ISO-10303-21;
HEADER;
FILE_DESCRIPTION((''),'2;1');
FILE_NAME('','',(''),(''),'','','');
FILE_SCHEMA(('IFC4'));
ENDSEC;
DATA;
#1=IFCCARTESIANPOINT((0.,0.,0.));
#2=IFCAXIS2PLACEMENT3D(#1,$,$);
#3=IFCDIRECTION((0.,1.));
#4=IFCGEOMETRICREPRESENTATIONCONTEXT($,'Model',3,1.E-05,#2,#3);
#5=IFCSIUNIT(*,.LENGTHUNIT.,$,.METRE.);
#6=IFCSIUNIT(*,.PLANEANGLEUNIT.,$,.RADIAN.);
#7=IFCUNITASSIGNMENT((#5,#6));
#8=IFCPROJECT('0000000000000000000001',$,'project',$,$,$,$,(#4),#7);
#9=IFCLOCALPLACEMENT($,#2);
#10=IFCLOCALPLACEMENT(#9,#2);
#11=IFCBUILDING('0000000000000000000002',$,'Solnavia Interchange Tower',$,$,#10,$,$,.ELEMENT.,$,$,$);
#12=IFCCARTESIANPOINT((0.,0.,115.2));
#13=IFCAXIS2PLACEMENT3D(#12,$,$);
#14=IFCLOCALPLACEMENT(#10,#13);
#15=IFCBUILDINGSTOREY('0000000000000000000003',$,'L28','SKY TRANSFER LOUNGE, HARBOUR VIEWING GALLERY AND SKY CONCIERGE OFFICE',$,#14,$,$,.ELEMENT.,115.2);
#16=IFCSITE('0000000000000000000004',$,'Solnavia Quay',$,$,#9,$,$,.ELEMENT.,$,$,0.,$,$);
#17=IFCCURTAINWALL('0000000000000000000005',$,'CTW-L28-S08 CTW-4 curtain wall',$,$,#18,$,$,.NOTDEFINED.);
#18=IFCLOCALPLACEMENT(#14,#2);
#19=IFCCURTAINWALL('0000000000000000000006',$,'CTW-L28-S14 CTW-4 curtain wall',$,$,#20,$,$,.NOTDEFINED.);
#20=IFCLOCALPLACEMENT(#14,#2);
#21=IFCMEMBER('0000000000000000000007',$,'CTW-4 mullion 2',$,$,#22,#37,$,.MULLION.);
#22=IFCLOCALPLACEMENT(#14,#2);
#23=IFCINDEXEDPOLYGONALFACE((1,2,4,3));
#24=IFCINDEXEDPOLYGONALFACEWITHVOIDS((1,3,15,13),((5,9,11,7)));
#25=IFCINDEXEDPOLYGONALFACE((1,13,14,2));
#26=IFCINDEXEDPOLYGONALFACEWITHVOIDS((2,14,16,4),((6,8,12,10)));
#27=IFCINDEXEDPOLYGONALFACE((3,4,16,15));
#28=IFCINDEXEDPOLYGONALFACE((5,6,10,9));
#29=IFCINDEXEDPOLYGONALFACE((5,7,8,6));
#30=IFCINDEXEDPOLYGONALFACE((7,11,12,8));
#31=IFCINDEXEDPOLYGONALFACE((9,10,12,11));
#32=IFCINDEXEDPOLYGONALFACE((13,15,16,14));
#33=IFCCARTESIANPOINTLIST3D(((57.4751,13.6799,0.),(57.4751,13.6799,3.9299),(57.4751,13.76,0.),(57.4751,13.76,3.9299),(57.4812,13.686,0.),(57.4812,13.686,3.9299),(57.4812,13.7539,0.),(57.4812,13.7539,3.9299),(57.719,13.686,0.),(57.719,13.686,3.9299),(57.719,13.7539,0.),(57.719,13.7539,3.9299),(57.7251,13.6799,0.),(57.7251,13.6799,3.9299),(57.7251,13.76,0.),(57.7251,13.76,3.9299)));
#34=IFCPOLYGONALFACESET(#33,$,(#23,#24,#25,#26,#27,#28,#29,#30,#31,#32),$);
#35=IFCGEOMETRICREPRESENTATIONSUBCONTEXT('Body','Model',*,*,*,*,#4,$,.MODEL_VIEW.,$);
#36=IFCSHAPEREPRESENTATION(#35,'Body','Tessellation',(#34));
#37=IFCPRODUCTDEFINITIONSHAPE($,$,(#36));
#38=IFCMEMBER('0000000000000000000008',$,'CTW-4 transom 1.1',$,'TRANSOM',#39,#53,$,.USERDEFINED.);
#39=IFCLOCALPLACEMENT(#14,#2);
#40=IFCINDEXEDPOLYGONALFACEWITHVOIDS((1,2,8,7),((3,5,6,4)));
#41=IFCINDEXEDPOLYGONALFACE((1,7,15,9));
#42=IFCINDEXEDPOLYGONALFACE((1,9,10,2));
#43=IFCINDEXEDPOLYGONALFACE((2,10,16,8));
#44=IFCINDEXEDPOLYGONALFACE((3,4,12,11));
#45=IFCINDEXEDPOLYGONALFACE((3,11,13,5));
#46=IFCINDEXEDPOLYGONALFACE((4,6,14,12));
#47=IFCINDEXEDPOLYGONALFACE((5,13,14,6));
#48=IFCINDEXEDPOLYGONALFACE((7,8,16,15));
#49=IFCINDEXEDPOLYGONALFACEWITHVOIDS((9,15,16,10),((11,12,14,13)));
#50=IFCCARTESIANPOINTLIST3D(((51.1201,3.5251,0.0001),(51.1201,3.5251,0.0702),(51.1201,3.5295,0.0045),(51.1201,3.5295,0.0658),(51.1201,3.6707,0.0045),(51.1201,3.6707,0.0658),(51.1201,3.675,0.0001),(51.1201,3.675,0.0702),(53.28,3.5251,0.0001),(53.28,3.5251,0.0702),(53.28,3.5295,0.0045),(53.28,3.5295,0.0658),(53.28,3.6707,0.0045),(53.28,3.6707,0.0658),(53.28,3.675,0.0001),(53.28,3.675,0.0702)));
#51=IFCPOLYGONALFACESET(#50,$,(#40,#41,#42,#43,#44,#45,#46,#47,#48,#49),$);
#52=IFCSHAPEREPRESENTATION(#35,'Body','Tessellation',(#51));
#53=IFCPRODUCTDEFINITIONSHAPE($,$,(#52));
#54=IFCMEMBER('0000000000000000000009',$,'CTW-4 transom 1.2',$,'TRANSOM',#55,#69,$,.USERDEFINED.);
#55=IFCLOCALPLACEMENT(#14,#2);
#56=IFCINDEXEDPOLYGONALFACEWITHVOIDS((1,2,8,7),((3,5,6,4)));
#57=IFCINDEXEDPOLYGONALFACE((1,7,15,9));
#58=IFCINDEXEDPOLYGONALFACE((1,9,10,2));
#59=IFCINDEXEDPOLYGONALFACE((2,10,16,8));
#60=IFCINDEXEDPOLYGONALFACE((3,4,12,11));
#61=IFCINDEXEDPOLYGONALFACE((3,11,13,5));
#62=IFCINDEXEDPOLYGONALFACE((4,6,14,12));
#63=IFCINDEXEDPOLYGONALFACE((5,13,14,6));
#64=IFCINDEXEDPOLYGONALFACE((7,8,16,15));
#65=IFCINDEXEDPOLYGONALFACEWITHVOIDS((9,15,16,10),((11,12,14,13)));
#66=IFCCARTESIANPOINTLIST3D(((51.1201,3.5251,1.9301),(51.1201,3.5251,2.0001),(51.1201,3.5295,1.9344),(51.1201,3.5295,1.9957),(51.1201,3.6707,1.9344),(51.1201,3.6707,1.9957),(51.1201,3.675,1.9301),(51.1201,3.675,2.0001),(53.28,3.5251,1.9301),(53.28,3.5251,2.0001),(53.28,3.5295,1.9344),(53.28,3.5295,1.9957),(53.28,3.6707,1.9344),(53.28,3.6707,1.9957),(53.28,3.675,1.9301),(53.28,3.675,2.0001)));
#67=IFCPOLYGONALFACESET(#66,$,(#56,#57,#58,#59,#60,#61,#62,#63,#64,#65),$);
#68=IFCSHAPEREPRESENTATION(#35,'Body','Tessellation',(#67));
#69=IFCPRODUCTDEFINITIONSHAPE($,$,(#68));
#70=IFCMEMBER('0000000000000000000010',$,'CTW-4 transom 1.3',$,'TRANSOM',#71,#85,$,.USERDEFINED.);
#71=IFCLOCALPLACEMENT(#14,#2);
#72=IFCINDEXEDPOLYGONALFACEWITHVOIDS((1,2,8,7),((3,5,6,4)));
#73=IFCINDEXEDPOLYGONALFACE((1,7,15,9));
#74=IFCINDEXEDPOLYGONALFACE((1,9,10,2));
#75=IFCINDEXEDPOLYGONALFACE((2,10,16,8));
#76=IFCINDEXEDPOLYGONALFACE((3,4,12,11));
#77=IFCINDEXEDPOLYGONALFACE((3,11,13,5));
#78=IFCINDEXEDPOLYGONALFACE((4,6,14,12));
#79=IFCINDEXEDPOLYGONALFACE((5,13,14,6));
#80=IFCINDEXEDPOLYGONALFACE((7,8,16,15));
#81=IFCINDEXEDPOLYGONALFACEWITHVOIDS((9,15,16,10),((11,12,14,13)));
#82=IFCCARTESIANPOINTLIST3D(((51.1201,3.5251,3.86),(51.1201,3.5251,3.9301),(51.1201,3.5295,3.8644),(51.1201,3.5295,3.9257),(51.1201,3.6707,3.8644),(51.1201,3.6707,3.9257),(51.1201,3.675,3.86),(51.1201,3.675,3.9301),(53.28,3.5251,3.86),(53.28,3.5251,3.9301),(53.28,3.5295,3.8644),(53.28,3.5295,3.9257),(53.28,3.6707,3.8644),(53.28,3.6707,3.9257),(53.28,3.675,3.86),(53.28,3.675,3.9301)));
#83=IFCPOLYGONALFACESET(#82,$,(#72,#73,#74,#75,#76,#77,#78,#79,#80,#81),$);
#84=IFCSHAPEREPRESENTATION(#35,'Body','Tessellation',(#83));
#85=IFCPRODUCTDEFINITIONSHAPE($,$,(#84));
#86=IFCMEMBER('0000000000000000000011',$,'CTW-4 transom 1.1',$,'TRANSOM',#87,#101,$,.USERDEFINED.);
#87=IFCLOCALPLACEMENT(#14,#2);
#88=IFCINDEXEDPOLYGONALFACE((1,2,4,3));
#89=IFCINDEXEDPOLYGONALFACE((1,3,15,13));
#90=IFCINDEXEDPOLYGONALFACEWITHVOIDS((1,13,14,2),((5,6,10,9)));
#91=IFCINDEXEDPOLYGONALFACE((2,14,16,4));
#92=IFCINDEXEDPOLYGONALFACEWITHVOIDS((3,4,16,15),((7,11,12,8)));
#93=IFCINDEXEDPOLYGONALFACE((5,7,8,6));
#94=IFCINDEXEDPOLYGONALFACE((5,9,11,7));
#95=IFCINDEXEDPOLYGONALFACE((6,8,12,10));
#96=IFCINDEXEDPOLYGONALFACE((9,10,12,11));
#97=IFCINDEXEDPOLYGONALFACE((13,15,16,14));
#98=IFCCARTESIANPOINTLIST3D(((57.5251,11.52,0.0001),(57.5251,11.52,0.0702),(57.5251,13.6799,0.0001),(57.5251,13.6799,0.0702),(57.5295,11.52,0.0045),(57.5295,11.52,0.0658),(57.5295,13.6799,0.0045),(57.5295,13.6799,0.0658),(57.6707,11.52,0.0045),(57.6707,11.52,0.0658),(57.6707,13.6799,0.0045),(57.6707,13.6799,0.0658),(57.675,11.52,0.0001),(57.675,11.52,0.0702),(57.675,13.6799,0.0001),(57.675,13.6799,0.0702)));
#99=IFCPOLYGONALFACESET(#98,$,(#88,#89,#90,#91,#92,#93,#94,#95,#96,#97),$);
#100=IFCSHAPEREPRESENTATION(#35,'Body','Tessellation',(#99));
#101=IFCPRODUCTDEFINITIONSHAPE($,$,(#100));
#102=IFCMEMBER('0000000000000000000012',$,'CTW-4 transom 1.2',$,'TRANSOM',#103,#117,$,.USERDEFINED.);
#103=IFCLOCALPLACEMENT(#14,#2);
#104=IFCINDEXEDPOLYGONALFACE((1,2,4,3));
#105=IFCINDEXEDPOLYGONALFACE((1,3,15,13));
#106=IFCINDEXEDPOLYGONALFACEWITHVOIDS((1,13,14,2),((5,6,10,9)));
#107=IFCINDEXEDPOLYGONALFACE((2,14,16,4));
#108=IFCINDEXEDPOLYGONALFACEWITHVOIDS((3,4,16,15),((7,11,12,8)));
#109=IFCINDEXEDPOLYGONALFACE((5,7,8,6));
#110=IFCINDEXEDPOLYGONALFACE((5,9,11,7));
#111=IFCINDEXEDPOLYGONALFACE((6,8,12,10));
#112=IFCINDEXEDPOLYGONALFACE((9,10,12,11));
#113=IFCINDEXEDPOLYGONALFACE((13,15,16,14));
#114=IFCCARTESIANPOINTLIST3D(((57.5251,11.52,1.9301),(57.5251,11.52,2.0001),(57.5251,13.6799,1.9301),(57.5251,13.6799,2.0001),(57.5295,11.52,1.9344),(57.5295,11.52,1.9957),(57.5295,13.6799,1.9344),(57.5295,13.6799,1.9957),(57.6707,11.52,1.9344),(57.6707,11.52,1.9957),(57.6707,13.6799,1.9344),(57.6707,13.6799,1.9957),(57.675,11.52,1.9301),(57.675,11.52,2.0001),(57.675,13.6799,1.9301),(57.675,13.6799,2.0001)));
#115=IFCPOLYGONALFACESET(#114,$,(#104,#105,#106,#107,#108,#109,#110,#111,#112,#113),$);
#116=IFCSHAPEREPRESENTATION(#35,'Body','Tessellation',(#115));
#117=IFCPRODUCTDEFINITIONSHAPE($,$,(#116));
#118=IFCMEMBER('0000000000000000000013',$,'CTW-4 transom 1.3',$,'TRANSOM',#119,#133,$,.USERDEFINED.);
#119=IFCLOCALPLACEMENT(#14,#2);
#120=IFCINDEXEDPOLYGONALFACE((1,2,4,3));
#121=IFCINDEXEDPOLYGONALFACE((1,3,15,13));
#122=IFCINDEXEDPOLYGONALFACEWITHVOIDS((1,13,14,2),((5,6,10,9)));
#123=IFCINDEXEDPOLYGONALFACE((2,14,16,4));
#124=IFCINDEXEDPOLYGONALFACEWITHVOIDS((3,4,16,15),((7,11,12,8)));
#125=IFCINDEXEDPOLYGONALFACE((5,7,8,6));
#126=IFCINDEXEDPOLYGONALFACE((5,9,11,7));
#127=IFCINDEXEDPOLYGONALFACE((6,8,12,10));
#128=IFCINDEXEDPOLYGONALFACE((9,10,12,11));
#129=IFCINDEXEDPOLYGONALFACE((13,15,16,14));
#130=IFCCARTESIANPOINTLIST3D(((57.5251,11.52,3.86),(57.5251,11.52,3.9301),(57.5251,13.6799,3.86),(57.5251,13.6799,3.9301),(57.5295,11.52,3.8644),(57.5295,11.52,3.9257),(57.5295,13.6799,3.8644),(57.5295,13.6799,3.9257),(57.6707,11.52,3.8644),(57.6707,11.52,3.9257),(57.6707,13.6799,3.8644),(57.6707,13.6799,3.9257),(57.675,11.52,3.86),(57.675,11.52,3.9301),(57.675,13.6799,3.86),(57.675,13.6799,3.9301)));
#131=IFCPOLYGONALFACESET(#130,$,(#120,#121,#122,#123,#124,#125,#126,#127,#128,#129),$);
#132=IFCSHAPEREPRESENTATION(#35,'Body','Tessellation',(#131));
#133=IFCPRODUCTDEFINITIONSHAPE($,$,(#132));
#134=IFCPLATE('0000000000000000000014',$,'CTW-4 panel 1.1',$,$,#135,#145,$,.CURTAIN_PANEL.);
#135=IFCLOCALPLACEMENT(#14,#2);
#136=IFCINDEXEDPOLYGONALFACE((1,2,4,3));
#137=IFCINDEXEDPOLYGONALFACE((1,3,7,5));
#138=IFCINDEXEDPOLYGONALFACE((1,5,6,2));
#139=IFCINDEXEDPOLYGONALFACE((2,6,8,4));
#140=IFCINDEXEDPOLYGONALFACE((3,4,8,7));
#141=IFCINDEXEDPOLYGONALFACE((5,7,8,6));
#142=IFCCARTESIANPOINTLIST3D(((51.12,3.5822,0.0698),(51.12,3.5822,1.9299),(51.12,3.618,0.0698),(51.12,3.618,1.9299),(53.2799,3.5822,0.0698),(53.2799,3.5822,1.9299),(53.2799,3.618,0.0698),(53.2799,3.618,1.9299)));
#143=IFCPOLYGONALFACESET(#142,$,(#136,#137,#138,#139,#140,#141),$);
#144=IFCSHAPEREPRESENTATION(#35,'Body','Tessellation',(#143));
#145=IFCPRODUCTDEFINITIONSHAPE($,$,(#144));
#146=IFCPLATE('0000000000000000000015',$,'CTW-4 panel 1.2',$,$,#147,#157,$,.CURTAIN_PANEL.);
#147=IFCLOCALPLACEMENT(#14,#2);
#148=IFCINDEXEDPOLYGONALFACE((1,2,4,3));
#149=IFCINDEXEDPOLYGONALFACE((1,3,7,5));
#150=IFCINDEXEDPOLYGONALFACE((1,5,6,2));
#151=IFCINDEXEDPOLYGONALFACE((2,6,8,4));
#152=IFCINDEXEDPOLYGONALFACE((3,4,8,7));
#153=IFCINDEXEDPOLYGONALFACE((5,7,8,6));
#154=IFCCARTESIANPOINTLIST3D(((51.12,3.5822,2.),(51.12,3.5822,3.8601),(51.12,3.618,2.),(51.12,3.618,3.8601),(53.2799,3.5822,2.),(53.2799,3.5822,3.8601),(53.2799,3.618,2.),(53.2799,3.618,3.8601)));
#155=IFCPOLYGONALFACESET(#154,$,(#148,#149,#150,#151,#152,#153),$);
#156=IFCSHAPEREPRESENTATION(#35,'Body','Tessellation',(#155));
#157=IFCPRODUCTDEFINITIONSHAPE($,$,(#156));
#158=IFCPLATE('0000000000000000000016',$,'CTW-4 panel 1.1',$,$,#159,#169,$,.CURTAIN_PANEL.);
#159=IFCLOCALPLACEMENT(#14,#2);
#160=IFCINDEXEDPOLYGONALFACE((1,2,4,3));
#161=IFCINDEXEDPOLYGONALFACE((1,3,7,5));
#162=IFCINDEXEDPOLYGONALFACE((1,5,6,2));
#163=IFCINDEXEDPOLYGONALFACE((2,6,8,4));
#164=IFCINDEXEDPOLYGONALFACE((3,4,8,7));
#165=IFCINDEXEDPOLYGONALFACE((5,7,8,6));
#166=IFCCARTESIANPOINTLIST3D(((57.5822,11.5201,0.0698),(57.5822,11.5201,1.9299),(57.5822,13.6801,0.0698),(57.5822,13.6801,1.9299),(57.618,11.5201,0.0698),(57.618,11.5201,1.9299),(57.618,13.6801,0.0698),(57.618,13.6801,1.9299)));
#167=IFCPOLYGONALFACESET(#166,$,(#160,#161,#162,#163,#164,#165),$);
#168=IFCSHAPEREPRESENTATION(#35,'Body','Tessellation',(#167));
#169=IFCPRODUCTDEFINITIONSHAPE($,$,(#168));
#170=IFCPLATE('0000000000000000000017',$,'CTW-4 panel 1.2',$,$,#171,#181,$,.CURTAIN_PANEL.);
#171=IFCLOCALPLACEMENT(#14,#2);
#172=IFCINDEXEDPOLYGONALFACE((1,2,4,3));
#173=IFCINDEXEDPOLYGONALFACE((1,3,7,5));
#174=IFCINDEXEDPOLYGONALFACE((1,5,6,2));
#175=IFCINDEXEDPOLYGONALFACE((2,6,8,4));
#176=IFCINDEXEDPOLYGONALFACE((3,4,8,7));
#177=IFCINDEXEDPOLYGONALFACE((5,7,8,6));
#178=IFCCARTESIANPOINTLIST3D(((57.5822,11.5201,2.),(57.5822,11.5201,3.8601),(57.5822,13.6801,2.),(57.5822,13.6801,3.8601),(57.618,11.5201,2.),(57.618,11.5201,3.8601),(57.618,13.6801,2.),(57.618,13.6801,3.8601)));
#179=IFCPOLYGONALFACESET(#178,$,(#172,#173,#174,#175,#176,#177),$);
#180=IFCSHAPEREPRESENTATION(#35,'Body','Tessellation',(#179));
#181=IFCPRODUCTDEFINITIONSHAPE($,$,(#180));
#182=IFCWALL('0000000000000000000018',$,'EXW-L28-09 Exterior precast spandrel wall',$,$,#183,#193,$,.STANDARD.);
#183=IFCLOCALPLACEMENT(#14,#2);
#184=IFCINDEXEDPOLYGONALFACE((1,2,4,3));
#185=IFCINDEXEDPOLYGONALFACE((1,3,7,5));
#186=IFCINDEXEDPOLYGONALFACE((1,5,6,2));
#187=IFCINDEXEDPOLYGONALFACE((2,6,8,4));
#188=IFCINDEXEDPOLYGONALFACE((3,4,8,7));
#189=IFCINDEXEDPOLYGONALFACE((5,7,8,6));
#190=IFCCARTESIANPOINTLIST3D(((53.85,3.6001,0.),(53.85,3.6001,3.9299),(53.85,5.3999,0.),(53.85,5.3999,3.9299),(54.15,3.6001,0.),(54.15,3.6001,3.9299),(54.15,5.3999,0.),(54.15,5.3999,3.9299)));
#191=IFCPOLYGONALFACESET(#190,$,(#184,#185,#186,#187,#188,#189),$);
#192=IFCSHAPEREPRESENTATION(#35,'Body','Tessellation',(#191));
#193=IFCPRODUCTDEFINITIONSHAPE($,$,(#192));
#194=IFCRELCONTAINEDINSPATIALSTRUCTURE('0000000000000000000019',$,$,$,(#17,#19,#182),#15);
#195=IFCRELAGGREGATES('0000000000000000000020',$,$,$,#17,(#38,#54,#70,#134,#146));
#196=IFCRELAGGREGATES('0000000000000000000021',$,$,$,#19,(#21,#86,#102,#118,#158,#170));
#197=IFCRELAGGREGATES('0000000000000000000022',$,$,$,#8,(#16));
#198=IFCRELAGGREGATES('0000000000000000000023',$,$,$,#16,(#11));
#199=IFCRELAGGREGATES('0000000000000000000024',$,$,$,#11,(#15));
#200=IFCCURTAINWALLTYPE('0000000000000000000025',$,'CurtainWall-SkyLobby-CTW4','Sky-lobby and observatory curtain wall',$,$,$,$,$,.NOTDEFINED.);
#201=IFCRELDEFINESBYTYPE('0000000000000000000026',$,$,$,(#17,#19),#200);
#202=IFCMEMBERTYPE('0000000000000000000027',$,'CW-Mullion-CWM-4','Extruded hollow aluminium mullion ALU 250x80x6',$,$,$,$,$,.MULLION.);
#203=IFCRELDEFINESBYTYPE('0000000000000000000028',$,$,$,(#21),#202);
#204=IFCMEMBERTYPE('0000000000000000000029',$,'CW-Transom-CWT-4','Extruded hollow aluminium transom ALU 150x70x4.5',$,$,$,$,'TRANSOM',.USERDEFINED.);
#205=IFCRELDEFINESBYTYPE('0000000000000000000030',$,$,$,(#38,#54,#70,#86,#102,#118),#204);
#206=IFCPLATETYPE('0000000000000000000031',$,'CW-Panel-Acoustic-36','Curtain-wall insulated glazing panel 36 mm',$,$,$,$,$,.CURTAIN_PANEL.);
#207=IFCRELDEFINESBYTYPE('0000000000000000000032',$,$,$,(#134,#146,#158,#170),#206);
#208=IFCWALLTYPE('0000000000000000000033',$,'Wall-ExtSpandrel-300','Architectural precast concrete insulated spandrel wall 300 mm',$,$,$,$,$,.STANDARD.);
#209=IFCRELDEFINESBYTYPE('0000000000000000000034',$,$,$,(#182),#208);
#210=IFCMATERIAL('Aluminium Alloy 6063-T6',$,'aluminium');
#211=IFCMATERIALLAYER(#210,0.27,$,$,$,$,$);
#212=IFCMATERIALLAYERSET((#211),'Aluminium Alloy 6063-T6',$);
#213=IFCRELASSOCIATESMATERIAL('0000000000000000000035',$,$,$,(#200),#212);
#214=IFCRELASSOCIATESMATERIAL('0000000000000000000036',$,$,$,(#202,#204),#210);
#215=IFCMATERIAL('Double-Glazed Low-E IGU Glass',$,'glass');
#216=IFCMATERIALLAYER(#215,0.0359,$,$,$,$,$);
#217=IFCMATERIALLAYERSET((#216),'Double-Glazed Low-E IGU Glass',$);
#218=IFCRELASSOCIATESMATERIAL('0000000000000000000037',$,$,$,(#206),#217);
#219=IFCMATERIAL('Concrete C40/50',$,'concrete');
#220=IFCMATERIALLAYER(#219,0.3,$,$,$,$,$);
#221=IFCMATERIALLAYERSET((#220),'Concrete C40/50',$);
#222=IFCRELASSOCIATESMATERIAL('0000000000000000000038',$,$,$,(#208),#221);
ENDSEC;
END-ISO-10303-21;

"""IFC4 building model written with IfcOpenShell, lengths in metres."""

from ifc_helpers import new_model, si_unit, direction, frame, frame_2d, origin, origin_2d, place, context, subcontext, project, spatial, rectangle, hollow_rectangle, extrude, material, layer, layer_set, material_profile, profile_set, type_object, element, aggregate, save


model = new_model("IFC4")

# Units and contexts
model_context = context("Model", 3, precision=1e-05, world=origin(), true_north=direction((0.0, 1.0)))
body_context = subcontext(model_context, "Body", "Model", "MODEL_VIEW")
ifc_project = project(units=[si_unit("LENGTHUNIT", "METRE"), si_unit("PLANEANGLEUNIT", "RADIAN")], contexts=[model_context])

# Site, building, storey
site_placement = place(None, origin())
site = spatial("IfcSite", under=ifc_project, at=site_placement, Name="Solnavia Quay", CompositionType="ELEMENT", RefElevation=0.0)
building_placement = place(site_placement, origin())
building = spatial("IfcBuilding", under=site, at=building_placement, Name="Solnavia Interchange Tower", CompositionType="ELEMENT")
storey_placement = place(building_placement, frame((0.0, 0.0, 115.2)))
storey = spatial("IfcBuildingStorey", under=building, at=storey_placement, Name="L28", Description="SKY TRANSFER LOUNGE, HARBOUR VIEWING GALLERY AND SKY CONCIERGE OFFICE", CompositionType="ELEMENT", Elevation=115.2)

# Curtain walls, member
ifc_material_1 = material(Name="Aluminium Alloy 6063-T6", Category="aluminium")
ifc_layer_1 = layer(ifc_material_1, 0.27)
ifc_layer_set_1 = layer_set([ifc_layer_1], Name="Aluminium Alloy 6063-T6")
curtain_wall_type = type_object("IfcCurtainWallType", Name="CurtainWall-SkyLobby-CTW4", Description="Sky-lobby and observatory curtain wall", PredefinedType="NOTDEFINED", material=ifc_layer_set_1)
curtain_wall_1_placement = place(storey_placement, origin())
curtain_wall_1 = element("IfcCurtainWall", 1, at=curtain_wall_1_placement, inside=storey, type_object=curtain_wall_type, Name="CTW-L28-S08 CTW-4 curtain wall", PredefinedType="NOTDEFINED")
ifc_material_profile_1 = material_profile(ifc_material_1, hollow_rectangle(XDim=0.0801, YDim=0.25, WallThickness=0.0061, at=origin_2d()), Name="ALU 250x80x6")
ifc_profile_set_1 = profile_set([ifc_material_profile_1], Name="Aluminium Alloy 6063-T6")
member_type_1 = type_object("IfcMemberType", Name="CW-Mullion-CWM-4", Description="Extruded hollow aluminium mullion ALU 250x80x6", PredefinedType="MULLION", material=ifc_profile_set_1)
curtain_wall_2_placement = place(storey_placement, origin())
curtain_wall_2 = element("IfcCurtainWall", 2, at=curtain_wall_2_placement, inside=storey, type_object=curtain_wall_type, Name="CTW-L28-S14 CTW-4 curtain wall", PredefinedType="NOTDEFINED")
member_1_placement = place(storey_placement, frame((57.6001, 13.72, 0.0), z_axis=(0.0, 0.0, 1.0), x_axis=(0.0, 1.0, 0.0)))
member_1 = element("IfcMember", 3, at=member_1_placement, type_object=member_type_1, Name="CTW-4 mullion 2", PredefinedType="MULLION", context=body_context, shape_type="SweptSolid", body=[
    extrude(hollow_rectangle(XDim=0.0801, YDim=0.25, WallThickness=0.0061, at=origin_2d()), origin(), (0.0, 0.0, 1.0), 3.9299),
])

# Members
ifc_material_profile_2 = material_profile(ifc_material_1, hollow_rectangle(XDim=0.0701, YDim=0.1499, WallThickness=0.0044, at=origin_2d()), Name="ALU 150x70x4.5")
ifc_profile_set_2 = profile_set([ifc_material_profile_2], Name="Aluminium Alloy 6063-T6")
member_type_2 = type_object("IfcMemberType", Name="CW-Transom-CWT-4", Description="Extruded hollow aluminium transom ALU 150x70x4.5", ElementType="TRANSOM", PredefinedType="USERDEFINED", material=ifc_profile_set_2)
member_2_placement = place(storey_placement, frame((51.1201, 3.6001, 0.0352), z_axis=(1.0, 0.0, 0.0), x_axis=(0.0, 0.0, 1.0)))
member_2 = element("IfcMember", 4, at=member_2_placement, type_object=member_type_2, Name="CTW-4 transom 1.1", ObjectType="TRANSOM", PredefinedType="USERDEFINED", context=body_context, shape_type="SweptSolid", body=[
    extrude(hollow_rectangle(XDim=0.0701, YDim=0.1499, WallThickness=0.0044, at=origin_2d()), origin(), (0.0, 0.0, 1.0), 2.1599),
])
member_3_placement = place(storey_placement, frame((51.1201, 3.6001, 1.9651), z_axis=(1.0, 0.0, 0.0), x_axis=(0.0, 0.0, 1.0)))
member_3 = element("IfcMember", 5, at=member_3_placement, type_object=member_type_2, Name="CTW-4 transom 1.2", ObjectType="TRANSOM", PredefinedType="USERDEFINED", context=body_context, shape_type="SweptSolid", body=[
    extrude(hollow_rectangle(XDim=0.0701, YDim=0.1499, WallThickness=0.0044, at=origin_2d()), origin(), (0.0, 0.0, 1.0), 2.1599),
])
member_4_placement = place(storey_placement, frame((51.1201, 3.6001, 3.895), z_axis=(1.0, 0.0, 0.0), x_axis=(0.0, 0.0, 1.0)))
member_4 = element("IfcMember", 6, at=member_4_placement, type_object=member_type_2, Name="CTW-4 transom 1.3", ObjectType="TRANSOM", PredefinedType="USERDEFINED", context=body_context, shape_type="SweptSolid", body=[
    extrude(hollow_rectangle(XDim=0.0701, YDim=0.1499, WallThickness=0.0044, at=origin_2d()), origin(), (0.0, 0.0, 1.0), 2.1599),
])
member_5_placement = place(storey_placement, frame((57.6001, 11.52, 0.0352), z_axis=(0.0, 1.0, 0.0), x_axis=(0.0, 0.0, 1.0)))
member_5 = element("IfcMember", 7, at=member_5_placement, type_object=member_type_2, Name="CTW-4 transom 1.1", ObjectType="TRANSOM", PredefinedType="USERDEFINED", context=body_context, shape_type="SweptSolid", body=[
    extrude(hollow_rectangle(XDim=0.0701, YDim=0.1499, WallThickness=0.0044, at=origin_2d()), origin(), (0.0, 0.0, 1.0), 2.1599),
])
member_6_placement = place(storey_placement, frame((57.6001, 11.52, 1.9651), z_axis=(0.0, 1.0, 0.0), x_axis=(0.0, 0.0, 1.0)))
member_6 = element("IfcMember", 8, at=member_6_placement, type_object=member_type_2, Name="CTW-4 transom 1.2", ObjectType="TRANSOM", PredefinedType="USERDEFINED", context=body_context, shape_type="SweptSolid", body=[
    extrude(hollow_rectangle(XDim=0.0701, YDim=0.1499, WallThickness=0.0044, at=origin_2d()), origin(), (0.0, 0.0, 1.0), 2.1599),
])
member_7_placement = place(storey_placement, frame((57.6001, 11.52, 3.895), z_axis=(0.0, 1.0, 0.0), x_axis=(0.0, 0.0, 1.0)))
member_7 = element("IfcMember", 9, at=member_7_placement, type_object=member_type_2, Name="CTW-4 transom 1.3", ObjectType="TRANSOM", PredefinedType="USERDEFINED", context=body_context, shape_type="SweptSolid", body=[
    extrude(hollow_rectangle(XDim=0.0701, YDim=0.1499, WallThickness=0.0044, at=origin_2d()), origin(), (0.0, 0.0, 1.0), 2.1599),
])

# Plates
ifc_material_2 = material(Name="Double-Glazed Low-E IGU Glass", Category="glass")
ifc_layer_2 = layer(ifc_material_2, 0.0359)
ifc_layer_set_2 = layer_set([ifc_layer_2], Name="Double-Glazed Low-E IGU Glass")
plate_type = type_object("IfcPlateType", Name="CW-Panel-Acoustic-36", Description="Curtain-wall insulated glazing panel 36 mm", PredefinedType="CURTAIN_PANEL", material=ifc_layer_set_2)
plate_1_placement = place(storey_placement, frame((52.2, 3.6001, 0.0698), z_axis=(0.0, 0.0, 1.0), x_axis=(1.0, 0.0, 0.0)))
plate_1 = element("IfcPlate", 10, at=plate_1_placement, type_object=plate_type, Name="CTW-4 panel 1.1", PredefinedType="CURTAIN_PANEL", context=body_context, shape_type="SweptSolid", body=[
    extrude(rectangle(XDim=2.1599, YDim=0.0359, at=origin_2d()), origin(), (0.0, 0.0, 1.0), 1.8601),
])
plate_2_placement = place(storey_placement, frame((52.2, 3.6001, 2.0), z_axis=(0.0, 0.0, 1.0), x_axis=(1.0, 0.0, 0.0)))
plate_2 = element("IfcPlate", 11, at=plate_2_placement, type_object=plate_type, Name="CTW-4 panel 1.2", PredefinedType="CURTAIN_PANEL", context=body_context, shape_type="SweptSolid", body=[
    extrude(rectangle(XDim=2.1599, YDim=0.0359, at=origin_2d()), origin(), (0.0, 0.0, 1.0), 1.8601),
])
aggregate(curtain_wall_1, [member_2, member_3, member_4, plate_1, plate_2])
plate_3_placement = place(storey_placement, frame((57.6001, 12.6001, 0.0698), z_axis=(0.0, 0.0, 1.0), x_axis=(0.0, 1.0, 0.0)))
plate_3 = element("IfcPlate", 12, at=plate_3_placement, type_object=plate_type, Name="CTW-4 panel 1.1", PredefinedType="CURTAIN_PANEL", context=body_context, shape_type="SweptSolid", body=[
    extrude(rectangle(XDim=2.1599, YDim=0.0359, at=origin_2d()), origin(), (0.0, 0.0, 1.0), 1.8601),
])
plate_4_placement = place(storey_placement, frame((57.6001, 12.6001, 2.0), z_axis=(0.0, 0.0, 1.0), x_axis=(0.0, 1.0, 0.0)))
plate_4 = element("IfcPlate", 13, at=plate_4_placement, type_object=plate_type, Name="CTW-4 panel 1.2", PredefinedType="CURTAIN_PANEL", context=body_context, shape_type="SweptSolid", body=[
    extrude(rectangle(XDim=2.1599, YDim=0.0359, at=origin_2d()), origin(), (0.0, 0.0, 1.0), 1.8601),
])
aggregate(curtain_wall_2, [member_1, member_5, member_6, member_7, plate_3, plate_4])

# Wall
ifc_material_3 = material(Name="Concrete C40/50", Category="concrete")
ifc_layer_3 = layer(ifc_material_3, 0.3)
ifc_layer_set_3 = layer_set([ifc_layer_3], Name="Concrete C40/50")
wall_type = type_object("IfcWallType", Name="Wall-ExtSpandrel-300", Description="Architectural precast concrete insulated spandrel wall 300 mm", PredefinedType="STANDARD", material=ifc_layer_set_3)
wall_1_placement = place(storey_placement, frame((54.0, 5.3999, 0.0), z_axis=(0.0, 0.0, 1.0), x_axis=(0.0, -1.0, 0.0)))
element("IfcWall", 14, at=wall_1_placement, inside=storey, type_object=wall_type, Name="EXW-L28-09 Exterior precast spandrel wall", PredefinedType="STANDARD", context=body_context, shape_type="SweptSolid", body=[
    extrude(rectangle(XDim=1.7998, YDim=0.3, at=frame_2d((0.8999, 0.0))), origin(), (0.0, 0.0, 1.0), 3.9299),
])

save(model, "model.ifc")
